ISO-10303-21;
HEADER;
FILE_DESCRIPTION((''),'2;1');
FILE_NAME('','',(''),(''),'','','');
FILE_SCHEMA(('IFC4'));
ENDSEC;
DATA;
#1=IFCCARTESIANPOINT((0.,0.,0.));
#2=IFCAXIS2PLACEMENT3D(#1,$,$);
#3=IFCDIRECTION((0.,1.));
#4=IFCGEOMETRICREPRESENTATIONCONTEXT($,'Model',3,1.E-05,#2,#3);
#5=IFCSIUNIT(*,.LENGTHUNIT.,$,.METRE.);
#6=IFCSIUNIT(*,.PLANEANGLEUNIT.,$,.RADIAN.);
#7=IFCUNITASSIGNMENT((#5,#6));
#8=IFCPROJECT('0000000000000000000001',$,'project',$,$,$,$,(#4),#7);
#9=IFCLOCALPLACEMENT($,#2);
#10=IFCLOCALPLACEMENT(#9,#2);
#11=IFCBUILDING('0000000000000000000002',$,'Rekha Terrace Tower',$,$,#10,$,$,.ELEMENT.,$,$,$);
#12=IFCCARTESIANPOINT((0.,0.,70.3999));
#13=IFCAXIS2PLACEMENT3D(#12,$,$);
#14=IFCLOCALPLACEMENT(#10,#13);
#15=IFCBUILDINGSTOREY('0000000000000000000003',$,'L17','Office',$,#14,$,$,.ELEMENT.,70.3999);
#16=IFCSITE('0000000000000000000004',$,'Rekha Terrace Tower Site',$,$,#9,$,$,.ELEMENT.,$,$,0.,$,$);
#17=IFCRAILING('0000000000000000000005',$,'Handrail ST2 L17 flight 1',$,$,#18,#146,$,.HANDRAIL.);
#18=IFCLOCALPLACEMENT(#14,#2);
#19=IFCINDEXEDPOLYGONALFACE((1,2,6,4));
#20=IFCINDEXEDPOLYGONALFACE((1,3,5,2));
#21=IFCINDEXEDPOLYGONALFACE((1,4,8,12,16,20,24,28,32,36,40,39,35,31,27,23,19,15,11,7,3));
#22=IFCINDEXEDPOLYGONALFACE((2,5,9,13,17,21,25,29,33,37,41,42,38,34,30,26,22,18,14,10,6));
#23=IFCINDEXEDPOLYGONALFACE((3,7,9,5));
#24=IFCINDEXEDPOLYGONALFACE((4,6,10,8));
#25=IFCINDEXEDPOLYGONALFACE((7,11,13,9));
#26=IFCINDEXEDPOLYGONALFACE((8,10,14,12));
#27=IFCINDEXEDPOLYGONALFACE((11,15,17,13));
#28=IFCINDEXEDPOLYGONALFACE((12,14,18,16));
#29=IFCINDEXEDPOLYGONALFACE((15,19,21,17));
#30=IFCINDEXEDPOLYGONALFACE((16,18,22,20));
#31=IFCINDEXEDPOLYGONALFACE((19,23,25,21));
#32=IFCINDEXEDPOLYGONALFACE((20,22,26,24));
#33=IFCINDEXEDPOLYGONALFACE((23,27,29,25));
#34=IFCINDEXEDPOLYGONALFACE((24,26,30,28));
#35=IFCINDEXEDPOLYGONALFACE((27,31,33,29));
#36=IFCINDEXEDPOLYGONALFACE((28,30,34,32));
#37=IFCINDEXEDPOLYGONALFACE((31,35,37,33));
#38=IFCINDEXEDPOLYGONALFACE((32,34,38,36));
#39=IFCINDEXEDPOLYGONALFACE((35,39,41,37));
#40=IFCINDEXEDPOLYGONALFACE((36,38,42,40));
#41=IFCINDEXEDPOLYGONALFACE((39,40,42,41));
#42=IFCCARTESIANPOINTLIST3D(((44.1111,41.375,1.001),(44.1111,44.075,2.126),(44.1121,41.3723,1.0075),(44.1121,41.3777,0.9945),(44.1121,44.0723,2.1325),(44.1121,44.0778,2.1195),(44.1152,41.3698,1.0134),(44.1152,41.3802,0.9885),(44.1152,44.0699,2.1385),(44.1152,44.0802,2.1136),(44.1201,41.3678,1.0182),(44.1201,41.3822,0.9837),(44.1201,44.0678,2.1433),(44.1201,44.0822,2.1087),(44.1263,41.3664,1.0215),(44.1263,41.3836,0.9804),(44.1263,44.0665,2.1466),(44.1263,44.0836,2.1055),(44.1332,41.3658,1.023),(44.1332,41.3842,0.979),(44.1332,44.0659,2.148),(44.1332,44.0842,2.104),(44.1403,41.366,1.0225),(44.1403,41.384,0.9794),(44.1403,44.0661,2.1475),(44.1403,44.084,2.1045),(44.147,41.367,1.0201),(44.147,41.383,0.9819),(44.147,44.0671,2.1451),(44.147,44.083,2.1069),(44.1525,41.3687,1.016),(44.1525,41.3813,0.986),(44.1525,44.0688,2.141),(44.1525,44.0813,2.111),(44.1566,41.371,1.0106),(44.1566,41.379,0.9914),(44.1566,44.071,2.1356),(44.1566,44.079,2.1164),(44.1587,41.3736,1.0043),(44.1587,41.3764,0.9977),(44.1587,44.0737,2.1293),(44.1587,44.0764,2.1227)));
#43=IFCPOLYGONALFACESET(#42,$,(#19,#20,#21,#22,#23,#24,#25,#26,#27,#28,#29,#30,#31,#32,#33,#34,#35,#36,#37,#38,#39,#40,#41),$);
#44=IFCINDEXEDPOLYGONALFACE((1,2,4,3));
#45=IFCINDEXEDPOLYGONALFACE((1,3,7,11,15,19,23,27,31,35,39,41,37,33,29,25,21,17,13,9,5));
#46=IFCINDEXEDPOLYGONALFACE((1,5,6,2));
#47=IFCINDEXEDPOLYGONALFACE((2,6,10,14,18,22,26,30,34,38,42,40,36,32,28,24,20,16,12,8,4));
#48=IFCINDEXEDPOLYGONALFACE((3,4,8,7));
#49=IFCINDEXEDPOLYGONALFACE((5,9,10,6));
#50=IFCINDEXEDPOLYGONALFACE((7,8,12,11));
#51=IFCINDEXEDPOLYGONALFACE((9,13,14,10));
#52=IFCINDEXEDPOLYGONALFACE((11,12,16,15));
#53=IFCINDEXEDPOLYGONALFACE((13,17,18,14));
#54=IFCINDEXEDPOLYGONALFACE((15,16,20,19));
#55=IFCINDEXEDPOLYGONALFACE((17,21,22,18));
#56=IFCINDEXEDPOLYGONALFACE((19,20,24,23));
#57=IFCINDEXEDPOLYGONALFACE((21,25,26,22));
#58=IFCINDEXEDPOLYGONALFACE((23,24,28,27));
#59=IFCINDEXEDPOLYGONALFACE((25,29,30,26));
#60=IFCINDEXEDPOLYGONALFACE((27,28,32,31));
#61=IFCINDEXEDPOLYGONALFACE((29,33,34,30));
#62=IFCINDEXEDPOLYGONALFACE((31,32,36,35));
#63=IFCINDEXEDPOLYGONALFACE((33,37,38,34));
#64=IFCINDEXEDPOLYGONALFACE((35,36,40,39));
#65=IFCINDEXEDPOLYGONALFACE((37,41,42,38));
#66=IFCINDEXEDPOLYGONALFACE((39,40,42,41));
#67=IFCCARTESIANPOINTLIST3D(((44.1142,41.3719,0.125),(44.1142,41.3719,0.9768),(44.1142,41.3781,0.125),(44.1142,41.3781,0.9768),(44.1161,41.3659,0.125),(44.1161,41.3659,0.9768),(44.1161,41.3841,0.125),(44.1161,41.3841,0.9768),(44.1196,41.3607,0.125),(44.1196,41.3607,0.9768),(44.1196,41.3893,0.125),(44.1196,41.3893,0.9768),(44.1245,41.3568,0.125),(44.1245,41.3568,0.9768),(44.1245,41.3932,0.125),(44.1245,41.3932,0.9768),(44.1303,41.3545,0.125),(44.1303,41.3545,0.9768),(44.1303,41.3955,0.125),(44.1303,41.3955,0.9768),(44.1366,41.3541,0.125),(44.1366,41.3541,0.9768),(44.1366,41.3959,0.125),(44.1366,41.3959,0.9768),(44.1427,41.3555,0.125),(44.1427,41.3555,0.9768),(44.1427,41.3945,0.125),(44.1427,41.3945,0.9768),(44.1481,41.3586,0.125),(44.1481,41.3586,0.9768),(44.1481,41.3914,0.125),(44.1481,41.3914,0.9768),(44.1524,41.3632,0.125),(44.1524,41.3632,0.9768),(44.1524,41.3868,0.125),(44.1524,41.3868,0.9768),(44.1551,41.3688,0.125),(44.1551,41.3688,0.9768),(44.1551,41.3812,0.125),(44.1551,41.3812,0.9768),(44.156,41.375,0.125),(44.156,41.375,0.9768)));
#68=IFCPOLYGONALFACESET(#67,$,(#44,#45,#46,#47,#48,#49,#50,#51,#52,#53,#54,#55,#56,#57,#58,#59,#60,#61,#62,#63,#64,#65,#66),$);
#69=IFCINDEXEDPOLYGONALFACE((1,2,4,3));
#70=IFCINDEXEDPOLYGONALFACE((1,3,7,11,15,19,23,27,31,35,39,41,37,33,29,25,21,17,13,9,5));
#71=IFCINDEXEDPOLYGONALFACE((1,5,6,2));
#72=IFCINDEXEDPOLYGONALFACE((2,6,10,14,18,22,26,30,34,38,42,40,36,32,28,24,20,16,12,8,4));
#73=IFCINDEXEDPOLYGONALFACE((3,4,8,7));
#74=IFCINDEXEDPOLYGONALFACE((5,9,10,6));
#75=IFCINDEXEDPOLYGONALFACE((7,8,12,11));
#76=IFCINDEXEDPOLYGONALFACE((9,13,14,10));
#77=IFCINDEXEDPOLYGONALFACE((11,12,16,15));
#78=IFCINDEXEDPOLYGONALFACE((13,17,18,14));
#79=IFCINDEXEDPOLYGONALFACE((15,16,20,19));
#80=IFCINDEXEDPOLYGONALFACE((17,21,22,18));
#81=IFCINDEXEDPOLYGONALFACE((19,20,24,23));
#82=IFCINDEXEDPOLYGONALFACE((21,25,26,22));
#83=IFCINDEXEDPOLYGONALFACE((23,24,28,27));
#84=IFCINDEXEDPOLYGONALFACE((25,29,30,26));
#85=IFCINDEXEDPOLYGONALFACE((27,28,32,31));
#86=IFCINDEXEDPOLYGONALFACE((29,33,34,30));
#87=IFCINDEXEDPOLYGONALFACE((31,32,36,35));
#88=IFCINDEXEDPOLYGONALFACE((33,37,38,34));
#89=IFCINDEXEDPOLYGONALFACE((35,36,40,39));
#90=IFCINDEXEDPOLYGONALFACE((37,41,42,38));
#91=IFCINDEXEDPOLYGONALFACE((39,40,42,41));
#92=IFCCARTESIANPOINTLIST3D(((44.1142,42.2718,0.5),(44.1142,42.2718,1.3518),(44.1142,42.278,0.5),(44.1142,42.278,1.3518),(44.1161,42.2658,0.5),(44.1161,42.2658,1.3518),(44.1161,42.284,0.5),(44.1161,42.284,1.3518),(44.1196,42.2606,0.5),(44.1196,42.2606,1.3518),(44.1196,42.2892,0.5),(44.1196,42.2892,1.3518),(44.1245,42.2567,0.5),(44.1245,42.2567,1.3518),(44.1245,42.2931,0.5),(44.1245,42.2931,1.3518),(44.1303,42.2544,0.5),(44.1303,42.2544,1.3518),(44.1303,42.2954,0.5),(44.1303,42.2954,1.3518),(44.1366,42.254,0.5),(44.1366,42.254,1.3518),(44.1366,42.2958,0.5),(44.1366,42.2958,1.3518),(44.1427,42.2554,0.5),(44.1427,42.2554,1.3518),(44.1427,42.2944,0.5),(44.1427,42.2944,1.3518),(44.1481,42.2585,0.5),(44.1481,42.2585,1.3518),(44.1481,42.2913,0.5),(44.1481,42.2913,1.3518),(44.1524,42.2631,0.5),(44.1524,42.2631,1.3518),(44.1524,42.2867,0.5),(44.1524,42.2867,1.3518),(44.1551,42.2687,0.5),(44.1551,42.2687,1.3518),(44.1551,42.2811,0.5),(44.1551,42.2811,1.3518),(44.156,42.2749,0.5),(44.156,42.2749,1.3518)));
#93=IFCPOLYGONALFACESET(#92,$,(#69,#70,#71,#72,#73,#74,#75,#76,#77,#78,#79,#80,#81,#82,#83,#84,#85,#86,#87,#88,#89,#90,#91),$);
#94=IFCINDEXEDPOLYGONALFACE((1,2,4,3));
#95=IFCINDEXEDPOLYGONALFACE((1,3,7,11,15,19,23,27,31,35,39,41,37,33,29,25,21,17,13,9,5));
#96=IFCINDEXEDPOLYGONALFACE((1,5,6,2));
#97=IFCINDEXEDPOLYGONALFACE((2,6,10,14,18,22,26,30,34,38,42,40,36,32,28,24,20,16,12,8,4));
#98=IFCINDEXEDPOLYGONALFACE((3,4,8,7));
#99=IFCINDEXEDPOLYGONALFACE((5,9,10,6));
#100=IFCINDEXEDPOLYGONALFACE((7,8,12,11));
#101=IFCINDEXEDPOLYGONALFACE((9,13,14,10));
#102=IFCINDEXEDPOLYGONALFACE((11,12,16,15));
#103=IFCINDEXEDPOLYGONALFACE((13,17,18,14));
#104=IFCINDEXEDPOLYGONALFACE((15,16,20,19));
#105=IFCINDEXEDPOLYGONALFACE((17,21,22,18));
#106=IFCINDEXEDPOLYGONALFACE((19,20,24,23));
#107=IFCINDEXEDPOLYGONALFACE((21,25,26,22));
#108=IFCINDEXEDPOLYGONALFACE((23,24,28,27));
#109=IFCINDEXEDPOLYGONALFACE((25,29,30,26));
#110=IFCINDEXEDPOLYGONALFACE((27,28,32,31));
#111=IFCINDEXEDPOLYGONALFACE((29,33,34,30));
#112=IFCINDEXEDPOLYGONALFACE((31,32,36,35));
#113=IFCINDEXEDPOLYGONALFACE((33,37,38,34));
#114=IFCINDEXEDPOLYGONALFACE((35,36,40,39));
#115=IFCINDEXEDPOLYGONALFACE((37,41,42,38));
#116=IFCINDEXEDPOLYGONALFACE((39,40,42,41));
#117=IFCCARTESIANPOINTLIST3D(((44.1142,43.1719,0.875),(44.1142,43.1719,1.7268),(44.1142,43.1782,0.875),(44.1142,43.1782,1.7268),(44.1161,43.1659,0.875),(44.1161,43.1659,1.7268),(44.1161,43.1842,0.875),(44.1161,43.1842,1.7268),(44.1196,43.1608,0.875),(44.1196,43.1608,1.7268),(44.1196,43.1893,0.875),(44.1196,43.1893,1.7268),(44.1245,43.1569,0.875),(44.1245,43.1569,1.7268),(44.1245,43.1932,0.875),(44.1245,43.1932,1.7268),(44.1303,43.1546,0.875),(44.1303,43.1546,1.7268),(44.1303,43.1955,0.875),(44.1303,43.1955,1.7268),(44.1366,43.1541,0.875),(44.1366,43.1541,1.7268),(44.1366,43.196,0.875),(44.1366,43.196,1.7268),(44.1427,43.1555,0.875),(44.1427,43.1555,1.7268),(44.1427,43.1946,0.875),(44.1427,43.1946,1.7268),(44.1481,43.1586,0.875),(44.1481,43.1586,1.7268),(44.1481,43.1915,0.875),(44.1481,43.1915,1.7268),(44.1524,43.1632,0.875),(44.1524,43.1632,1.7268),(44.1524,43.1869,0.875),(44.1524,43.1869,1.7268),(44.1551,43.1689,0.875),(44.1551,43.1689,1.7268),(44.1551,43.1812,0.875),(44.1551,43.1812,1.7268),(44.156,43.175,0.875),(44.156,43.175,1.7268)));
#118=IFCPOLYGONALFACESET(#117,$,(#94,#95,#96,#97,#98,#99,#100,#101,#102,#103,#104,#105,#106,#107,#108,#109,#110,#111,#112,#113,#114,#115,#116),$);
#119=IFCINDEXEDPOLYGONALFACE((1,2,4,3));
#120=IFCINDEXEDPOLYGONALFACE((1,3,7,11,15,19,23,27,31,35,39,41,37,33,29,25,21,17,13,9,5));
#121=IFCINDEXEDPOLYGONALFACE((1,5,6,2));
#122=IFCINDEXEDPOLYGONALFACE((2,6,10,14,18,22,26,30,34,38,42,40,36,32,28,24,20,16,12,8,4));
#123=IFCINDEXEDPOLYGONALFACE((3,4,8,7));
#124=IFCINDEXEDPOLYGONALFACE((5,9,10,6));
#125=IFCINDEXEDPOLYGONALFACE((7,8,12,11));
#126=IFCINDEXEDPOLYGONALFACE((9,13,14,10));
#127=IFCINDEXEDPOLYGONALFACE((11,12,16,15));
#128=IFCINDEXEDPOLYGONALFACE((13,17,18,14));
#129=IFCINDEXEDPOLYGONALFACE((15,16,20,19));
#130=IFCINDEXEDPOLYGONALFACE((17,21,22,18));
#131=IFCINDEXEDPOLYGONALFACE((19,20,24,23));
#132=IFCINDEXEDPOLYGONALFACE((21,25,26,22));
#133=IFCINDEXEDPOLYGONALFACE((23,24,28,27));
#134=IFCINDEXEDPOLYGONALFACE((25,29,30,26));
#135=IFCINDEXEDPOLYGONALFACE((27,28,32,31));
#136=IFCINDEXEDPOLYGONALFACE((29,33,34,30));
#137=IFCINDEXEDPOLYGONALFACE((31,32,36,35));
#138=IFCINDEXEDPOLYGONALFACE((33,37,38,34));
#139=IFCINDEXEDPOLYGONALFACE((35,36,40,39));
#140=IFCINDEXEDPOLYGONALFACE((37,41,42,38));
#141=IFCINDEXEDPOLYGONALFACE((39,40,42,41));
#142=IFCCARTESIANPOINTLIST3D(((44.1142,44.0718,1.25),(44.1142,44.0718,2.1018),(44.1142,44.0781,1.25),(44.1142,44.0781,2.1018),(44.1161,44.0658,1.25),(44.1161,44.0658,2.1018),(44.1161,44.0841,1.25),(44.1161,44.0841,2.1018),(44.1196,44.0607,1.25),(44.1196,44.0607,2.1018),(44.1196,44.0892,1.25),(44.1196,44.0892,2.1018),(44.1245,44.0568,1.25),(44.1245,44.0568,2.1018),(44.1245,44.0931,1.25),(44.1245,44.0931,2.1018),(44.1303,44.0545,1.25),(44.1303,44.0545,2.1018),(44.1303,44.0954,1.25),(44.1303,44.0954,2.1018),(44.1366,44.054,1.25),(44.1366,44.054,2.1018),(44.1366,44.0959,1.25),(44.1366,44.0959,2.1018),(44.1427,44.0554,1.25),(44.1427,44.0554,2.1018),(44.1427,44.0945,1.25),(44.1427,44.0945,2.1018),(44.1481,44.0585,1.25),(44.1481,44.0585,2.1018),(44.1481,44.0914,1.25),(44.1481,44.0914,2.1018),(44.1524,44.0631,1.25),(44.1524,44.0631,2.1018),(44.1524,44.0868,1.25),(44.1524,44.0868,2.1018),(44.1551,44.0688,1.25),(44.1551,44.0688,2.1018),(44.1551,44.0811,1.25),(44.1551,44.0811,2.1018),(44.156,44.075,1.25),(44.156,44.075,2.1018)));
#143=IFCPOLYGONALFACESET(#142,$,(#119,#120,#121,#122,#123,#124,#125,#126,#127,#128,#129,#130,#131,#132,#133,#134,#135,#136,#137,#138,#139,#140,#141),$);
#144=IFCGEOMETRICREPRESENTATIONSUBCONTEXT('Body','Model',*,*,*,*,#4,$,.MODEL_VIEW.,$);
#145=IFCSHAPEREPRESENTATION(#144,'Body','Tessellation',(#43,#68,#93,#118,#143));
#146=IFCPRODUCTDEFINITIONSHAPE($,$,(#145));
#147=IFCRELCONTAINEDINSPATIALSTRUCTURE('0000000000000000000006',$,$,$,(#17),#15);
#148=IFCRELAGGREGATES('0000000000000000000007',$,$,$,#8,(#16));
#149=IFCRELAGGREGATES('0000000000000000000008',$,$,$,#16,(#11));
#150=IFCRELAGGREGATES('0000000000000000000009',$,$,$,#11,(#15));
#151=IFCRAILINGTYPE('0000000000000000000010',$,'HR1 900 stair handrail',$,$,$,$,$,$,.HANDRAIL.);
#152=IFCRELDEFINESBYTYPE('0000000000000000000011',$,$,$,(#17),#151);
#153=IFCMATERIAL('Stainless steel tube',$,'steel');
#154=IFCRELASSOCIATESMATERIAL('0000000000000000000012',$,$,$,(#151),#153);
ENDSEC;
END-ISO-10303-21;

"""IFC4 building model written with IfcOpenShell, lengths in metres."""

from ifc_helpers import new_model, si_unit, direction, frame, origin, origin_2d, place, context, subcontext, project, spatial, circle, extrude, material, type_object, element, save


model = new_model("IFC4")

# Units and contexts
model_context = context("Model", 3, precision=1e-05, world=origin(), true_north=direction((0.0, 1.0)))
body_context = subcontext(model_context, "Body", "Model", "MODEL_VIEW")
ifc_project = project(units=[si_unit("LENGTHUNIT", "METRE"), si_unit("PLANEANGLEUNIT", "RADIAN")], contexts=[model_context])

# Site, building, storey
site_placement = place(None, origin())
site = spatial("IfcSite", under=ifc_project, at=site_placement, Name="Rekha Terrace Tower Site", CompositionType="ELEMENT", RefElevation=0.0)
building_placement = place(site_placement, origin())
building = spatial("IfcBuilding", under=site, at=building_placement, Name="Rekha Terrace Tower", CompositionType="ELEMENT")
storey_placement = place(building_placement, frame((0.0, 0.0, 70.3999)))
storey = spatial("IfcBuildingStorey", under=building, at=storey_placement, Name="L17", Description="Office", CompositionType="ELEMENT", Elevation=70.3999)

# Railing
ifc_material_1 = material(Name="Stainless steel tube", Category="steel")
railing_type_1 = type_object("IfcRailingType", Name="HR1 900 stair handrail", PredefinedType="HANDRAIL", material=ifc_material_1)
for number, where, name in (
    (1, (44.135, 41.375, 0.125), "Handrail ST2 L17 flight 1"),
):
    element("IfcRailing", number, at=place(storey_placement, frame(where)), inside=storey, type_object=railing_type_1, Name=name, PredefinedType="HANDRAIL", context=body_context, shape_type="SweptSolid", body=[
        extrude(circle(Radius=0.0239, at=origin_2d()), frame((0.0, 0.0, 0.876), z_axis=(0.0, 0.923074, 0.384621), x_axis=(-1.0, 0.0, 0.0)), (0.0, 0.0, 1.0), 2.925),
        extrude(circle(Radius=0.021, at=origin_2d()), origin(), (0.0, 0.0, 1.0), 0.8518),
        extrude(circle(Radius=0.021, at=origin_2d()), frame((0.0, 0.8999, 0.375)), (0.0, 0.0, 1.0), 0.8518),
        extrude(circle(Radius=0.021, at=origin_2d()), frame((0.0, 1.8, 0.75)), (0.0, 0.0, 1.0), 0.8518),
        extrude(circle(Radius=0.021, at=origin_2d()), frame((0.0, 2.7, 1.125)), (0.0, 0.0, 1.0), 0.8518),
    ])

save(model, "model.ifc")
